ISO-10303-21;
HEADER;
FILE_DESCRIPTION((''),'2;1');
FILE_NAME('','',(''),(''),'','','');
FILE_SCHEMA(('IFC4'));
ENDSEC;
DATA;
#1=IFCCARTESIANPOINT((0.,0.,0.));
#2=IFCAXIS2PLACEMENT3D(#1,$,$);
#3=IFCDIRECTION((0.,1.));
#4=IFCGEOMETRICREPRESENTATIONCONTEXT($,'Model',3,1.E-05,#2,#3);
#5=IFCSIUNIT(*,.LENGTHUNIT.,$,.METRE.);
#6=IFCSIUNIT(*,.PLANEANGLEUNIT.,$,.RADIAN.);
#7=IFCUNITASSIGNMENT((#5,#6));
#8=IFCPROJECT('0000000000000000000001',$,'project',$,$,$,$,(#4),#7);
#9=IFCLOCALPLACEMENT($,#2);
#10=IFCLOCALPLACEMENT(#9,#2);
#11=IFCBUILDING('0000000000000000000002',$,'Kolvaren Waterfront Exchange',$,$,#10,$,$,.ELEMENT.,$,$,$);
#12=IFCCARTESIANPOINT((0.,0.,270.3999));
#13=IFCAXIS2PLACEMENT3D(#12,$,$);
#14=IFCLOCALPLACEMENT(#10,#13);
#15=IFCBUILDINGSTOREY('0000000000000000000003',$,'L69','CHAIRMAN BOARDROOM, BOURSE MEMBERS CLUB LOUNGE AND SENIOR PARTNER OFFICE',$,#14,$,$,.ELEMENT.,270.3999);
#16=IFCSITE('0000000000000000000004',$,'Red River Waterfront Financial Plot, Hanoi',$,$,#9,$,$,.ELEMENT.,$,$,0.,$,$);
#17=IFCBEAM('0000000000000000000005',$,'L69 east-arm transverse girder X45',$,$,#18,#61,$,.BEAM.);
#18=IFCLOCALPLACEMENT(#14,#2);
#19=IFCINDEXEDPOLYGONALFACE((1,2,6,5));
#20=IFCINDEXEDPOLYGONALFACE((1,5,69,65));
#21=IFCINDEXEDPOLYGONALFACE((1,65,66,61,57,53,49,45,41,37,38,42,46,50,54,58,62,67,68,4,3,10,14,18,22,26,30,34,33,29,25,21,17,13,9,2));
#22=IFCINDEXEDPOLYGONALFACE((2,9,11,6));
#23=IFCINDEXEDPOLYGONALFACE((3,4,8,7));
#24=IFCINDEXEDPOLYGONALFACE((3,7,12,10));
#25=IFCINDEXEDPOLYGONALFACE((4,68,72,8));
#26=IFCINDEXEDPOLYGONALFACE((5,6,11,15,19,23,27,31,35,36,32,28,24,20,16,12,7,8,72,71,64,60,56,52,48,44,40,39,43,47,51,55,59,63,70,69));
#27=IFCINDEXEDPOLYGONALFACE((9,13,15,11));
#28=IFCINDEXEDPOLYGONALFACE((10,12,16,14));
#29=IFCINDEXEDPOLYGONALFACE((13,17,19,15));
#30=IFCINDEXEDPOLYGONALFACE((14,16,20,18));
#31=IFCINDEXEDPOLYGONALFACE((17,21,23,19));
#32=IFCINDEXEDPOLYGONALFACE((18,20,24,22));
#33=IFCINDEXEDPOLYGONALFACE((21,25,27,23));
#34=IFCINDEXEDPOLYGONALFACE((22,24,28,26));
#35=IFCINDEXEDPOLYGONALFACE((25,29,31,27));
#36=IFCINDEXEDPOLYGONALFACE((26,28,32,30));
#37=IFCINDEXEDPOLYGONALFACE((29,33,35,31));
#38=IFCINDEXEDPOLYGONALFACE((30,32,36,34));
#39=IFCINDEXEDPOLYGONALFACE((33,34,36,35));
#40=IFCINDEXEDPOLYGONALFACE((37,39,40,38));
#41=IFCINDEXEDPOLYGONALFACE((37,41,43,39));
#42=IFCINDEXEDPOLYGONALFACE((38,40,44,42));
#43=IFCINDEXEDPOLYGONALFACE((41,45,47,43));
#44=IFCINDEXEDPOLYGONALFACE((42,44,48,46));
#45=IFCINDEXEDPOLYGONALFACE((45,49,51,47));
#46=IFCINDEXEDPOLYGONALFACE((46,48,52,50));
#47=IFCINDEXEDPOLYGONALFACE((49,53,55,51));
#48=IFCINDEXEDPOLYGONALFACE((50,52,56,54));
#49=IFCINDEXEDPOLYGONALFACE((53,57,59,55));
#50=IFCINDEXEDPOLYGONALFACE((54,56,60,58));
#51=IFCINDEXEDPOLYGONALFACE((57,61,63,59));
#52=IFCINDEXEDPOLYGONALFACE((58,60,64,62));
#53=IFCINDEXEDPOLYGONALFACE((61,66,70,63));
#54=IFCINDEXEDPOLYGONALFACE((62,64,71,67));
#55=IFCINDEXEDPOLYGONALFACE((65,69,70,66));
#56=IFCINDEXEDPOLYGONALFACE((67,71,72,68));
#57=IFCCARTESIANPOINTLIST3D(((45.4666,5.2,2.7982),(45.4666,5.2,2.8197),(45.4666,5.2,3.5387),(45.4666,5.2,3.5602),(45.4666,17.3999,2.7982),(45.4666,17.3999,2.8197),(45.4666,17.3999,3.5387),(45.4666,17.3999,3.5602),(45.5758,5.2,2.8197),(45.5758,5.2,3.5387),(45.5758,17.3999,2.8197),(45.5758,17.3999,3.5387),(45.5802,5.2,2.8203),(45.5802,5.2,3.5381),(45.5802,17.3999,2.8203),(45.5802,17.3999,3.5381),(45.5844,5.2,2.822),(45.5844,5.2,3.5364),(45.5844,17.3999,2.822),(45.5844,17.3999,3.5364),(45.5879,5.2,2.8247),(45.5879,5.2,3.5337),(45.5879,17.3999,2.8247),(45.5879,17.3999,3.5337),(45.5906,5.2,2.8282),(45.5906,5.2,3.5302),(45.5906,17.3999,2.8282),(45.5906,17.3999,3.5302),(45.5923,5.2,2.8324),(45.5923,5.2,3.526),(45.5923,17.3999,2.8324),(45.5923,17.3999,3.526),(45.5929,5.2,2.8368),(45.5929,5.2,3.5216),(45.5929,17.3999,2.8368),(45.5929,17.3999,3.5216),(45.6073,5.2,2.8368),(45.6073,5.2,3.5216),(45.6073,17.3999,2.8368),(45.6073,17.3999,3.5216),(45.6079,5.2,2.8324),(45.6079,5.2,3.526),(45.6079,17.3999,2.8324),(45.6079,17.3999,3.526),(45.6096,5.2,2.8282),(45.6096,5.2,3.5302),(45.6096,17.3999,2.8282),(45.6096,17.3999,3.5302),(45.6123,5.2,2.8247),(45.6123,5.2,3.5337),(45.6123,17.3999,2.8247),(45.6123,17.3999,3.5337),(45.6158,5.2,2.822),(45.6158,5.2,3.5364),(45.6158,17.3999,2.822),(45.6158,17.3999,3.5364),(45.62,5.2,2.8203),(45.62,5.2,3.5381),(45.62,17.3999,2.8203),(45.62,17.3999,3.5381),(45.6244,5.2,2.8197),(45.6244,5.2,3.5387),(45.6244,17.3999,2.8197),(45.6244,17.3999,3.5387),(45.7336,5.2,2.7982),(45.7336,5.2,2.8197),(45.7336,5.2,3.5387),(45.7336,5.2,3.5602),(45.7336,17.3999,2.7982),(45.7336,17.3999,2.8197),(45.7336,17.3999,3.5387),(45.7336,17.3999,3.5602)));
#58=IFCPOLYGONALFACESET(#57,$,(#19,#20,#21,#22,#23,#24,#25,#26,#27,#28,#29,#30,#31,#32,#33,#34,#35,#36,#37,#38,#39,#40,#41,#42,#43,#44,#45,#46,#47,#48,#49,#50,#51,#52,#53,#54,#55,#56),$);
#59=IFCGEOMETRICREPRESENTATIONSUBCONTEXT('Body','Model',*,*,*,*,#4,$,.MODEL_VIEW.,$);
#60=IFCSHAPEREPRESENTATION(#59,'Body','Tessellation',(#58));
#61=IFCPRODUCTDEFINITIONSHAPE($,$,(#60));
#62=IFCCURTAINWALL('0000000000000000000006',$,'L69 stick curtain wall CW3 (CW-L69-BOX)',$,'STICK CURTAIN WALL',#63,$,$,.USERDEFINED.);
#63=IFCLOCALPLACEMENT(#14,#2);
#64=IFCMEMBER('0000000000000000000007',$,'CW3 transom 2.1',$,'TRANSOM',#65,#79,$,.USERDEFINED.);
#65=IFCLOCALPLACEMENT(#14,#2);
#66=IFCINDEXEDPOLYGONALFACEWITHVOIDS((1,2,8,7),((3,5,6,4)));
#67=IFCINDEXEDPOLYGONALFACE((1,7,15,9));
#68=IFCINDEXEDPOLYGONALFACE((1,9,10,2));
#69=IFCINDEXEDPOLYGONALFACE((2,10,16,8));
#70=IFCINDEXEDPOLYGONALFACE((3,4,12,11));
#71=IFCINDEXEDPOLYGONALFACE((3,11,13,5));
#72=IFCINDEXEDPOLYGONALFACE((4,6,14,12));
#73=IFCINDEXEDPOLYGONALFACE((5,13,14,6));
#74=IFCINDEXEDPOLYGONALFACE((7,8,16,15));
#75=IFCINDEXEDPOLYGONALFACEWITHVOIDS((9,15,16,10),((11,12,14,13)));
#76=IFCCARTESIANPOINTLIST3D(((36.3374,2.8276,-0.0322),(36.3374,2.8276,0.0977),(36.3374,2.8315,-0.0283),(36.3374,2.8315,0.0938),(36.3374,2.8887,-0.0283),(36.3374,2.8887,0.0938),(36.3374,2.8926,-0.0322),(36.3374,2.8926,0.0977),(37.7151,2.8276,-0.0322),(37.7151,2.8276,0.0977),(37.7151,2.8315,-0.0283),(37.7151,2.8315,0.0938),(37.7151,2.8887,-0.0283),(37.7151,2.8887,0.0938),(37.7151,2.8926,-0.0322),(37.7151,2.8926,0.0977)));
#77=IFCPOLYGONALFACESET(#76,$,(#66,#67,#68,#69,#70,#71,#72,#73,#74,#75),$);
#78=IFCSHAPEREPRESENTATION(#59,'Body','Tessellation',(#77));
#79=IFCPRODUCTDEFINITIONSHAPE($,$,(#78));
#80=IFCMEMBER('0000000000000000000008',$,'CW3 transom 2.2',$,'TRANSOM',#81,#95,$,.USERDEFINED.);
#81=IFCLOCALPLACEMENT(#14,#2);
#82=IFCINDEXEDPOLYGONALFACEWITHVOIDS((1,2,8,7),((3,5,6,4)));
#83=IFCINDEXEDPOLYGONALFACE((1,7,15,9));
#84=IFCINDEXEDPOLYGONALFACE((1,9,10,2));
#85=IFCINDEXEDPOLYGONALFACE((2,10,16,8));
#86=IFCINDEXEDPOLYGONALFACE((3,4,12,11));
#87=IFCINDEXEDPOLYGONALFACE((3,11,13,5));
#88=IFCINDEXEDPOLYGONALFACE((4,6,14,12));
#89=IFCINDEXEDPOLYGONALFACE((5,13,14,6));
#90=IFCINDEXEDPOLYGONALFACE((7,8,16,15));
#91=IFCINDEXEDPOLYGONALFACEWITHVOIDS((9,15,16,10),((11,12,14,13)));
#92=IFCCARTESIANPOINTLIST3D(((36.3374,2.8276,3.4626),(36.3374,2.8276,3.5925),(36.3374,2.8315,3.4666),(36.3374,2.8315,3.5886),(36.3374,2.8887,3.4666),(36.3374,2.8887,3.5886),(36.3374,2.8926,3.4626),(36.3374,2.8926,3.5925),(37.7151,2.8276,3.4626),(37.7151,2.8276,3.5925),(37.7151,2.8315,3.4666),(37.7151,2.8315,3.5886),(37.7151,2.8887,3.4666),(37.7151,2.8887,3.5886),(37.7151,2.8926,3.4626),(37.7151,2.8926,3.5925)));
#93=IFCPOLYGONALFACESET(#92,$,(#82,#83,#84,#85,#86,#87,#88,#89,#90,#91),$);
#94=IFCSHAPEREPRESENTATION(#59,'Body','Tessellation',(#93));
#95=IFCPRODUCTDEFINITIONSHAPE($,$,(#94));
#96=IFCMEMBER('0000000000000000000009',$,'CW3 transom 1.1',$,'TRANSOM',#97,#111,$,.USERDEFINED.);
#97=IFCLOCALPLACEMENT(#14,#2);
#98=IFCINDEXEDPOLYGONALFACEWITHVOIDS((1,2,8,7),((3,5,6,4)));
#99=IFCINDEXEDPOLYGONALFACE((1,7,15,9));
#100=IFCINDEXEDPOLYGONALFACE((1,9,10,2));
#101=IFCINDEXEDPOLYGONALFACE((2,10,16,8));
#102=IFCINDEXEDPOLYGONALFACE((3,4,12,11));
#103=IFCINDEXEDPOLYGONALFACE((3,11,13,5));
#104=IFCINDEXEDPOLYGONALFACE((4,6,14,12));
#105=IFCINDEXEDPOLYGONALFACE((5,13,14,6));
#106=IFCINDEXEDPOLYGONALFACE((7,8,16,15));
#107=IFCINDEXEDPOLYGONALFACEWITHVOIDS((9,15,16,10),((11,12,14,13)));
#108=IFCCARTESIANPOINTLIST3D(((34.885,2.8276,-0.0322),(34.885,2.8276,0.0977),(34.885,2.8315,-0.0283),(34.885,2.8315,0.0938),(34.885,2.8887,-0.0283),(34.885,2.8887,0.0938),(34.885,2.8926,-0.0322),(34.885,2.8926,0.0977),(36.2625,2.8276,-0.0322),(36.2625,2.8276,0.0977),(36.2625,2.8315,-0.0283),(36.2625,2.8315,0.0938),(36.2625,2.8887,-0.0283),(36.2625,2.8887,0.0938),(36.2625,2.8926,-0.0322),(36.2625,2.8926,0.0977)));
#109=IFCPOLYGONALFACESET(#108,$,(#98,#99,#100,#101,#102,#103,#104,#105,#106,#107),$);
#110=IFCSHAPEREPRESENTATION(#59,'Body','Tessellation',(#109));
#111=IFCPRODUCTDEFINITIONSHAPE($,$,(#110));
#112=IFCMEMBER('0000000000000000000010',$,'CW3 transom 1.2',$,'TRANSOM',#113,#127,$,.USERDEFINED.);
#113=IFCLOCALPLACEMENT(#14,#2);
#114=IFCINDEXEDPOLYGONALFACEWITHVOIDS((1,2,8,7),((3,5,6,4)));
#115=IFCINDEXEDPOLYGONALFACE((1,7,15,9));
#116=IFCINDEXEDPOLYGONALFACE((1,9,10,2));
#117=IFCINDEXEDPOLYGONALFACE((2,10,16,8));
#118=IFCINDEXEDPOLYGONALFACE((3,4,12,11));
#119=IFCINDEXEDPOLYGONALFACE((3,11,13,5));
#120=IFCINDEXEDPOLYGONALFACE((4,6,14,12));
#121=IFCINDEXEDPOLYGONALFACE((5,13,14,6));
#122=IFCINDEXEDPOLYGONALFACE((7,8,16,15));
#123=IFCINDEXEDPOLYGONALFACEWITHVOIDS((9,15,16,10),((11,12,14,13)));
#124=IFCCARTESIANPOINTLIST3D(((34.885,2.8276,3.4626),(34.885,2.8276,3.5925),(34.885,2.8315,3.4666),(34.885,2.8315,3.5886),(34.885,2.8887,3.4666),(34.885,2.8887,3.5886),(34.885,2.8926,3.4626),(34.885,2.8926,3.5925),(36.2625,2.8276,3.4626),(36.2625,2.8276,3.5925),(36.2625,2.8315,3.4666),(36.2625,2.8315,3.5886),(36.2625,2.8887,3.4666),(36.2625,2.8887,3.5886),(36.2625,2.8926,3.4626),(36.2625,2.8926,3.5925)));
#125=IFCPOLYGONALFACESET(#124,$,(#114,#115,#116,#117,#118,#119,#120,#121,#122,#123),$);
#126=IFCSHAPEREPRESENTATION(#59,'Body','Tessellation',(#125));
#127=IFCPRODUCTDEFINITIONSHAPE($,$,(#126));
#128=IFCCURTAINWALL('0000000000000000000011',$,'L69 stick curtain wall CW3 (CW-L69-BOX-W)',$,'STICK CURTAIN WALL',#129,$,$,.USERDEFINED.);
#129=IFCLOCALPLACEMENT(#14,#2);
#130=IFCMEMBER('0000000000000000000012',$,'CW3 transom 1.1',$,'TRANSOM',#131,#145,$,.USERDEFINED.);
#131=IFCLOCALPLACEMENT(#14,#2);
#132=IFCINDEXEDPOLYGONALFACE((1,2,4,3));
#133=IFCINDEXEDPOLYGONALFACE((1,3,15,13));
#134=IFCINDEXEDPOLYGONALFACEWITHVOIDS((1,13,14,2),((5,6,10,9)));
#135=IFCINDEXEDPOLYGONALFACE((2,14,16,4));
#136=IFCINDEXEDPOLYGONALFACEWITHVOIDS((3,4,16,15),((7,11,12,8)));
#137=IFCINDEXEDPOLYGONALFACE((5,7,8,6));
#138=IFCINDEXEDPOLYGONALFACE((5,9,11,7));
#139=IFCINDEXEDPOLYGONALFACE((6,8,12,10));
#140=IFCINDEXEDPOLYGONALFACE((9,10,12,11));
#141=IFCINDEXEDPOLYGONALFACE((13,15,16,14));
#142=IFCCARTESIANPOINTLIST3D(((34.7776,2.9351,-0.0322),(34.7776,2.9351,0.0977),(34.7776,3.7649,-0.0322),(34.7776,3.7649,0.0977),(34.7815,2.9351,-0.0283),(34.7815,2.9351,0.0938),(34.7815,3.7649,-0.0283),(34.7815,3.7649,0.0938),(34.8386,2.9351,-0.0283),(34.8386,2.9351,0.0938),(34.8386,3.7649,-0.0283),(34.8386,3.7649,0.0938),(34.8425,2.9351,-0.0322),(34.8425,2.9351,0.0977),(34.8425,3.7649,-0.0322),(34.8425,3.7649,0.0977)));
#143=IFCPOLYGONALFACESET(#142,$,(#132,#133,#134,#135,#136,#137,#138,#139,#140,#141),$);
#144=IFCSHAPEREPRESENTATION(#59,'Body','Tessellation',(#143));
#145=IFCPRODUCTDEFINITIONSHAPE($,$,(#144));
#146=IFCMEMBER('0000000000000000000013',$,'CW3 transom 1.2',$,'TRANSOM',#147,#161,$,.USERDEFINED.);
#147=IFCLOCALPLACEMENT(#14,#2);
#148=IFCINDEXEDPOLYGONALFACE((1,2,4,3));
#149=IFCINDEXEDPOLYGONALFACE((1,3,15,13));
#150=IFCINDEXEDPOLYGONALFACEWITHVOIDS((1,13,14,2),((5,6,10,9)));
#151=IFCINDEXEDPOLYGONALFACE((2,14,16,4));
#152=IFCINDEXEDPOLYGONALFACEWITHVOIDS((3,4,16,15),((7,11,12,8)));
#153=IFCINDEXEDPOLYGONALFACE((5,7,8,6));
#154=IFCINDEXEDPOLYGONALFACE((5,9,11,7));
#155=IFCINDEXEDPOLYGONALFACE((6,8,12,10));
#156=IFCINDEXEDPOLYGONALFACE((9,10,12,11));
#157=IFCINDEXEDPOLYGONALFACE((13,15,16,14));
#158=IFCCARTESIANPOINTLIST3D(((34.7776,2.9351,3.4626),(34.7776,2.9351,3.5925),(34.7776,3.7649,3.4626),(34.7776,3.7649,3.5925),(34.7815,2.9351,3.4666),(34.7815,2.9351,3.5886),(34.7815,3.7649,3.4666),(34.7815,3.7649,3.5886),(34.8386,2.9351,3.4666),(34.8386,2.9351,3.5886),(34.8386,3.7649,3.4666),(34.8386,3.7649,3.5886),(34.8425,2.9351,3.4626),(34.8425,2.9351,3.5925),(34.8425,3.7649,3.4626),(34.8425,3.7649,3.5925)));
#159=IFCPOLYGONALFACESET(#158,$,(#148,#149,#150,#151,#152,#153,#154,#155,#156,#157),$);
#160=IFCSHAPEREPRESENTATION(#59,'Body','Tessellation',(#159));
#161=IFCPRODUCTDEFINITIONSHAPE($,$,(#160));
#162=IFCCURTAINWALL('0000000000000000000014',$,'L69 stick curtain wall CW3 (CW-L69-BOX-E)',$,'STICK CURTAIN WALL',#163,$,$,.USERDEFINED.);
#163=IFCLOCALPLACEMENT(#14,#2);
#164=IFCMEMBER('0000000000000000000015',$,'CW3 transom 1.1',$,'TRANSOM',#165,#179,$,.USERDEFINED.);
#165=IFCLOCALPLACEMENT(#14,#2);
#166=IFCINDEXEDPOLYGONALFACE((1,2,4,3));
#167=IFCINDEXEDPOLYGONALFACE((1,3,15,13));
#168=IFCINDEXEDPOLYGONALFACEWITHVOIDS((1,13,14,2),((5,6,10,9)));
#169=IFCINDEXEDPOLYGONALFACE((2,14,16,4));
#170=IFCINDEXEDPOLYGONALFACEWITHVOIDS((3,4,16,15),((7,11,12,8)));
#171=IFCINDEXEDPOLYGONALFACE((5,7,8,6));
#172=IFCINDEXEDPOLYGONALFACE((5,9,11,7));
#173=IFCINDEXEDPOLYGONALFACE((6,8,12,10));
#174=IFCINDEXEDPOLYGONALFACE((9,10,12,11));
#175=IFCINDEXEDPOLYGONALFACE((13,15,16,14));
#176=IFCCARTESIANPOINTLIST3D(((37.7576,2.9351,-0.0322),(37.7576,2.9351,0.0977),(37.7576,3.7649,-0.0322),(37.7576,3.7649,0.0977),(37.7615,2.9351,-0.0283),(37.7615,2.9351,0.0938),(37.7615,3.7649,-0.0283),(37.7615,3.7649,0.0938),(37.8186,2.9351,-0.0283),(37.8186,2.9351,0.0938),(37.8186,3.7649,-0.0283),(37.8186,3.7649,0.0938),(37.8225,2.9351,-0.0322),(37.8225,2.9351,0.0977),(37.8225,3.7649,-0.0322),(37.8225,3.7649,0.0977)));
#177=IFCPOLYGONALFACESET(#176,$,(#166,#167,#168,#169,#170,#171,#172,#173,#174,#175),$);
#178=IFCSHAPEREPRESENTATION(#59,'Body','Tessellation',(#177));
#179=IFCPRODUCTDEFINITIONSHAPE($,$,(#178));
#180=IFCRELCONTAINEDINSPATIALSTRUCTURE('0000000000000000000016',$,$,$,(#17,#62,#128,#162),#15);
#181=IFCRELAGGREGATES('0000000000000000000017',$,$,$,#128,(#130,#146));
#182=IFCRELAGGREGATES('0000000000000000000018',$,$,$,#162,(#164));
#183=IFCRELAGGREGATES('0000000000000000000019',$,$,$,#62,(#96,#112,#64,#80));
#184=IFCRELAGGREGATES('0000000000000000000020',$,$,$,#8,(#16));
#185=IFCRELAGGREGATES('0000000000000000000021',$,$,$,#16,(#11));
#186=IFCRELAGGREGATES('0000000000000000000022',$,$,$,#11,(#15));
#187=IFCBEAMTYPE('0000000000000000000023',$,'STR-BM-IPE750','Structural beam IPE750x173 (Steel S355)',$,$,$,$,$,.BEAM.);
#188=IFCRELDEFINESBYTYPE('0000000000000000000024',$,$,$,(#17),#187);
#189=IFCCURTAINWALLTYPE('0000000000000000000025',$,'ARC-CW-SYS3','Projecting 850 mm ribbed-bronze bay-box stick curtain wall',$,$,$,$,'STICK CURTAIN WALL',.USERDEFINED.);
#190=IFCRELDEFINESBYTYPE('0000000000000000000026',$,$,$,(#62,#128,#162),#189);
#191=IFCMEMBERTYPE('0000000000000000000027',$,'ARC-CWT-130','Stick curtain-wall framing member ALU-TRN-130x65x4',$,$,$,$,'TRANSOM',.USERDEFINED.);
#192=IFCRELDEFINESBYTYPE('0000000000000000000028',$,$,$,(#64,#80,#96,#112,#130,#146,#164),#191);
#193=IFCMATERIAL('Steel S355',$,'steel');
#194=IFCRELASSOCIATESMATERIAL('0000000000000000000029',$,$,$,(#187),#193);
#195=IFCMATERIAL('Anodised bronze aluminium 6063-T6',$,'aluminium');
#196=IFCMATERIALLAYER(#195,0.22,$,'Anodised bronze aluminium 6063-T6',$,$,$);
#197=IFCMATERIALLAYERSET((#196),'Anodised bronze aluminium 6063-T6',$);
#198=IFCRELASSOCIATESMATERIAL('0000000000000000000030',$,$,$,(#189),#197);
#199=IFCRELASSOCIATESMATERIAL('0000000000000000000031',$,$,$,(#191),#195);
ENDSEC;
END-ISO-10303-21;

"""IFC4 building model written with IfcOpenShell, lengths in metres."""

from ifc_helpers import new_model, si_unit, direction, frame, origin, origin_with_axes, origin_2d, place, context, subcontext, project, spatial, hollow_rectangle, i_section, extrude, source, transform, mapped, material, layer, layer_set, material_profile, profile_set, type_object, element, aggregate, save


model = new_model("IFC4")

# Units and contexts
model_context = context("Model", 3, precision=1e-05, world=origin(), true_north=direction((0.0, 1.0)))
body_context = subcontext(model_context, "Body", "Model", "MODEL_VIEW")
ifc_project = project(units=[si_unit("LENGTHUNIT", "METRE"), si_unit("PLANEANGLEUNIT", "RADIAN")], contexts=[model_context])

# Site, building, storey
site_placement = place(None, origin())
site = spatial("IfcSite", under=ifc_project, at=site_placement, Name="Red River Waterfront Financial Plot, Hanoi", CompositionType="ELEMENT", RefElevation=0.0)
building_placement = place(site_placement, origin())
building = spatial("IfcBuilding", under=site, at=building_placement, Name="Kolvaren Waterfront Exchange", CompositionType="ELEMENT")
storey_placement = place(building_placement, frame((0.0, 0.0, 270.3999)))
storey = spatial("IfcBuildingStorey", under=building, at=storey_placement, Name="L69", Description="CHAIRMAN BOARDROOM, BOURSE MEMBERS CLUB LOUNGE AND SENIOR PARTNER OFFICE", CompositionType="ELEMENT", Elevation=270.3999)

# Beam
ifc_material_1 = material(Name="Steel S355", Category="steel")
ifc_material_profile_1 = material_profile(ifc_material_1, i_section(OverallWidth=0.2671, OverallDepth=0.762, WebThickness=0.0144, FlangeThickness=0.0215, FilletRadius=0.0171, at=origin_2d()), Name="IPE750x173")
ifc_profile_set_1 = profile_set([ifc_material_profile_1], Name="Steel S355")
beam_type_1 = type_object("IfcBeamType", Name="STR-BM-IPE750", Description="Structural beam IPE750x173 (Steel S355)", PredefinedType="BEAM", material=ifc_profile_set_1)
for number, where, z_axis, x_axis, name in (
    (1, (45.6001, 5.2, 3.1792), (0.0, 1.0, 0.0), (-1.0, 0.0, 0.0), "L69 east-arm transverse girder X45"),
):
    element("IfcBeam", number, at=place(storey_placement, frame(where, z_axis=z_axis, x_axis=x_axis)), inside=storey, type_object=beam_type_1, Name=name, PredefinedType="BEAM", context=body_context, shape_type="SweptSolid", body=[
        extrude(i_section(OverallWidth=0.2671, OverallDepth=0.762, WebThickness=0.0144, FlangeThickness=0.0215, FilletRadius=0.0171, at=origin_2d()), origin(), (0.0, 0.0, 1.0), 12.2),
    ])

# Curtain walls, members
ifc_material_2 = material(Name="Anodised bronze aluminium 6063-T6", Category="aluminium")
ifc_layer_1 = layer(ifc_material_2, 0.22, Name="Anodised bronze aluminium 6063-T6")
ifc_layer_set_1 = layer_set([ifc_layer_1], Name="Anodised bronze aluminium 6063-T6")
curtain_wall_type_1 = type_object("IfcCurtainWallType", Name="ARC-CW-SYS3", Description="Projecting 850 mm ribbed-bronze bay-box stick curtain wall", ElementType="STICK CURTAIN WALL", PredefinedType="USERDEFINED", material=ifc_layer_set_1)
curtain_wall_1_placement = place(storey_placement, origin())
curtain_wall_1 = element("IfcCurtainWall", 2, at=curtain_wall_1_placement, inside=storey, type_object=curtain_wall_type_1, Name="L69 stick curtain wall CW3 (CW-L69-BOX)", ObjectType="STICK CURTAIN WALL", PredefinedType="USERDEFINED")
ifc_material_profile_2 = material_profile(ifc_material_2, hollow_rectangle(XDim=0.0649, YDim=0.1299, WallThickness=0.0039, at=origin_2d()), Name="ALU-TRN-130x65x4")
ifc_profile_set_2 = profile_set([ifc_material_profile_2], Name="Anodised bronze aluminium 6063-T6")
member_type_1 = type_object("IfcMemberType", Name="ARC-CWT-130", Description="Stick curtain-wall framing member ALU-TRN-130x65x4", ElementType="TRANSOM", PredefinedType="USERDEFINED", material=ifc_profile_set_2)
shared_shape_1 = source(origin_with_axes(), body_context, "Body", "SweptSolid", [
    extrude(hollow_rectangle(XDim=0.0649, YDim=0.1299, WallThickness=0.0039, at=origin_2d()), origin(), (0.0, 0.0, 1.0), 1.3777),
])
member_1_placement = place(storey_placement, frame((36.3374, 2.8601, 0.0327), z_axis=(1.0, 0.0, 0.0), x_axis=(0.0, 1.0, 0.0)))
member_1 = element("IfcMember", 3, at=member_1_placement, type_object=member_type_1, Name="CW3 transom 2.1", ObjectType="TRANSOM", PredefinedType="USERDEFINED", context=body_context, shape_type="MappedRepresentation", body=[
    mapped(shared_shape_1, transform((0.0, 0.0, 0.0), x_axis=(1.0, 0.0, 0.0), y_axis=(0.0, 1.0, 0.0), z_axis=(0.0, 0.0, 1.0), scale=1.0)),
])
member_2_placement = place(storey_placement, frame((36.3374, 2.8601, 3.5276), z_axis=(1.0, 0.0, 0.0), x_axis=(0.0, 1.0, 0.0)))
member_2 = element("IfcMember", 4, at=member_2_placement, type_object=member_type_1, Name="CW3 transom 2.2", ObjectType="TRANSOM", PredefinedType="USERDEFINED", context=body_context, shape_type="MappedRepresentation", body=[
    mapped(shared_shape_1, transform((0.0, 0.0, 0.0), x_axis=(1.0, 0.0, 0.0), y_axis=(0.0, 1.0, 0.0), z_axis=(0.0, 0.0, 1.0), scale=1.0)),
])
shared_shape_2 = source(origin_with_axes(), body_context, "Body", "SweptSolid", [
    extrude(hollow_rectangle(XDim=0.0649, YDim=0.1299, WallThickness=0.0039, at=origin_2d()), origin(), (0.0, 0.0, 1.0), 1.3774),
])
member_3_placement = place(storey_placement, frame((34.885, 2.8601, 0.0327), z_axis=(1.0, 0.0, 0.0), x_axis=(0.0, 1.0, 0.0)))
member_3 = element("IfcMember", 5, at=member_3_placement, type_object=member_type_1, Name="CW3 transom 1.1", ObjectType="TRANSOM", PredefinedType="USERDEFINED", context=body_context, shape_type="MappedRepresentation", body=[
    mapped(shared_shape_2, transform((0.0, 0.0, 0.0), x_axis=(1.0, 0.0, 0.0), y_axis=(0.0, 1.0, 0.0), z_axis=(0.0, 0.0, 1.0), scale=1.0)),
])
member_4_placement = place(storey_placement, frame((34.885, 2.8601, 3.5276), z_axis=(1.0, 0.0, 0.0), x_axis=(0.0, 1.0, 0.0)))
member_4 = element("IfcMember", 6, at=member_4_placement, type_object=member_type_1, Name="CW3 transom 1.2", ObjectType="TRANSOM", PredefinedType="USERDEFINED", context=body_context, shape_type="MappedRepresentation", body=[
    mapped(shared_shape_2, transform((0.0, 0.0, 0.0), x_axis=(1.0, 0.0, 0.0), y_axis=(0.0, 1.0, 0.0), z_axis=(0.0, 0.0, 1.0), scale=1.0)),
])
curtain_wall_2_placement = place(storey_placement, origin())
curtain_wall_2 = element("IfcCurtainWall", 7, at=curtain_wall_2_placement, inside=storey, type_object=curtain_wall_type_1, Name="L69 stick curtain wall CW3 (CW-L69-BOX-W)", ObjectType="STICK CURTAIN WALL", PredefinedType="USERDEFINED")
shared_shape_3 = source(origin_with_axes(), body_context, "Body", "SweptSolid", [
    extrude(hollow_rectangle(XDim=0.0649, YDim=0.1299, WallThickness=0.0039, at=origin_2d()), origin(), (0.0, 0.0, 1.0), 0.8298),
])
member_5_placement = place(storey_placement, frame((34.8101, 3.7649, 0.0327), z_axis=(0.0, -1.0, 0.0), x_axis=(1.0, 0.0, 0.0)))
member_5 = element("IfcMember", 8, at=member_5_placement, type_object=member_type_1, Name="CW3 transom 1.1", ObjectType="TRANSOM", PredefinedType="USERDEFINED", context=body_context, shape_type="MappedRepresentation", body=[
    mapped(shared_shape_3, transform((0.0, 0.0, 0.0), x_axis=(1.0, 0.0, 0.0), y_axis=(0.0, 1.0, 0.0), z_axis=(0.0, 0.0, 1.0), scale=1.0)),
])
member_6_placement = place(storey_placement, frame((34.8101, 3.7649, 3.5276), z_axis=(0.0, -1.0, 0.0), x_axis=(1.0, 0.0, 0.0)))
member_6 = element("IfcMember", 9, at=member_6_placement, type_object=member_type_1, Name="CW3 transom 1.2", ObjectType="TRANSOM", PredefinedType="USERDEFINED", context=body_context, shape_type="MappedRepresentation", body=[
    mapped(shared_shape_3, transform((0.0, 0.0, 0.0), x_axis=(1.0, 0.0, 0.0), y_axis=(0.0, 1.0, 0.0), z_axis=(0.0, 0.0, 1.0), scale=1.0)),
])
curtain_wall_3_placement = place(storey_placement, origin())
curtain_wall_3 = element("IfcCurtainWall", 10, at=curtain_wall_3_placement, inside=storey, type_object=curtain_wall_type_1, Name="L69 stick curtain wall CW3 (CW-L69-BOX-E)", ObjectType="STICK CURTAIN WALL", PredefinedType="USERDEFINED")
member_7_placement = place(storey_placement, frame((37.79, 2.9351, 0.0327), z_axis=(0.0, 1.0, 0.0), x_axis=(-1.0, 0.0, 0.0)))
member_7 = element("IfcMember", 11, at=member_7_placement, type_object=member_type_1, Name="CW3 transom 1.1", ObjectType="TRANSOM", PredefinedType="USERDEFINED", context=body_context, shape_type="MappedRepresentation", body=[
    mapped(shared_shape_3, transform((0.0, 0.0, 0.0), x_axis=(1.0, 0.0, 0.0), y_axis=(0.0, 1.0, 0.0), z_axis=(0.0, 0.0, 1.0), scale=1.0)),
])

aggregate(curtain_wall_2, [member_5, member_6])
aggregate(curtain_wall_3, [member_7])
aggregate(curtain_wall_1, [member_3, member_4, member_1, member_2])

save(model, "model.ifc")
